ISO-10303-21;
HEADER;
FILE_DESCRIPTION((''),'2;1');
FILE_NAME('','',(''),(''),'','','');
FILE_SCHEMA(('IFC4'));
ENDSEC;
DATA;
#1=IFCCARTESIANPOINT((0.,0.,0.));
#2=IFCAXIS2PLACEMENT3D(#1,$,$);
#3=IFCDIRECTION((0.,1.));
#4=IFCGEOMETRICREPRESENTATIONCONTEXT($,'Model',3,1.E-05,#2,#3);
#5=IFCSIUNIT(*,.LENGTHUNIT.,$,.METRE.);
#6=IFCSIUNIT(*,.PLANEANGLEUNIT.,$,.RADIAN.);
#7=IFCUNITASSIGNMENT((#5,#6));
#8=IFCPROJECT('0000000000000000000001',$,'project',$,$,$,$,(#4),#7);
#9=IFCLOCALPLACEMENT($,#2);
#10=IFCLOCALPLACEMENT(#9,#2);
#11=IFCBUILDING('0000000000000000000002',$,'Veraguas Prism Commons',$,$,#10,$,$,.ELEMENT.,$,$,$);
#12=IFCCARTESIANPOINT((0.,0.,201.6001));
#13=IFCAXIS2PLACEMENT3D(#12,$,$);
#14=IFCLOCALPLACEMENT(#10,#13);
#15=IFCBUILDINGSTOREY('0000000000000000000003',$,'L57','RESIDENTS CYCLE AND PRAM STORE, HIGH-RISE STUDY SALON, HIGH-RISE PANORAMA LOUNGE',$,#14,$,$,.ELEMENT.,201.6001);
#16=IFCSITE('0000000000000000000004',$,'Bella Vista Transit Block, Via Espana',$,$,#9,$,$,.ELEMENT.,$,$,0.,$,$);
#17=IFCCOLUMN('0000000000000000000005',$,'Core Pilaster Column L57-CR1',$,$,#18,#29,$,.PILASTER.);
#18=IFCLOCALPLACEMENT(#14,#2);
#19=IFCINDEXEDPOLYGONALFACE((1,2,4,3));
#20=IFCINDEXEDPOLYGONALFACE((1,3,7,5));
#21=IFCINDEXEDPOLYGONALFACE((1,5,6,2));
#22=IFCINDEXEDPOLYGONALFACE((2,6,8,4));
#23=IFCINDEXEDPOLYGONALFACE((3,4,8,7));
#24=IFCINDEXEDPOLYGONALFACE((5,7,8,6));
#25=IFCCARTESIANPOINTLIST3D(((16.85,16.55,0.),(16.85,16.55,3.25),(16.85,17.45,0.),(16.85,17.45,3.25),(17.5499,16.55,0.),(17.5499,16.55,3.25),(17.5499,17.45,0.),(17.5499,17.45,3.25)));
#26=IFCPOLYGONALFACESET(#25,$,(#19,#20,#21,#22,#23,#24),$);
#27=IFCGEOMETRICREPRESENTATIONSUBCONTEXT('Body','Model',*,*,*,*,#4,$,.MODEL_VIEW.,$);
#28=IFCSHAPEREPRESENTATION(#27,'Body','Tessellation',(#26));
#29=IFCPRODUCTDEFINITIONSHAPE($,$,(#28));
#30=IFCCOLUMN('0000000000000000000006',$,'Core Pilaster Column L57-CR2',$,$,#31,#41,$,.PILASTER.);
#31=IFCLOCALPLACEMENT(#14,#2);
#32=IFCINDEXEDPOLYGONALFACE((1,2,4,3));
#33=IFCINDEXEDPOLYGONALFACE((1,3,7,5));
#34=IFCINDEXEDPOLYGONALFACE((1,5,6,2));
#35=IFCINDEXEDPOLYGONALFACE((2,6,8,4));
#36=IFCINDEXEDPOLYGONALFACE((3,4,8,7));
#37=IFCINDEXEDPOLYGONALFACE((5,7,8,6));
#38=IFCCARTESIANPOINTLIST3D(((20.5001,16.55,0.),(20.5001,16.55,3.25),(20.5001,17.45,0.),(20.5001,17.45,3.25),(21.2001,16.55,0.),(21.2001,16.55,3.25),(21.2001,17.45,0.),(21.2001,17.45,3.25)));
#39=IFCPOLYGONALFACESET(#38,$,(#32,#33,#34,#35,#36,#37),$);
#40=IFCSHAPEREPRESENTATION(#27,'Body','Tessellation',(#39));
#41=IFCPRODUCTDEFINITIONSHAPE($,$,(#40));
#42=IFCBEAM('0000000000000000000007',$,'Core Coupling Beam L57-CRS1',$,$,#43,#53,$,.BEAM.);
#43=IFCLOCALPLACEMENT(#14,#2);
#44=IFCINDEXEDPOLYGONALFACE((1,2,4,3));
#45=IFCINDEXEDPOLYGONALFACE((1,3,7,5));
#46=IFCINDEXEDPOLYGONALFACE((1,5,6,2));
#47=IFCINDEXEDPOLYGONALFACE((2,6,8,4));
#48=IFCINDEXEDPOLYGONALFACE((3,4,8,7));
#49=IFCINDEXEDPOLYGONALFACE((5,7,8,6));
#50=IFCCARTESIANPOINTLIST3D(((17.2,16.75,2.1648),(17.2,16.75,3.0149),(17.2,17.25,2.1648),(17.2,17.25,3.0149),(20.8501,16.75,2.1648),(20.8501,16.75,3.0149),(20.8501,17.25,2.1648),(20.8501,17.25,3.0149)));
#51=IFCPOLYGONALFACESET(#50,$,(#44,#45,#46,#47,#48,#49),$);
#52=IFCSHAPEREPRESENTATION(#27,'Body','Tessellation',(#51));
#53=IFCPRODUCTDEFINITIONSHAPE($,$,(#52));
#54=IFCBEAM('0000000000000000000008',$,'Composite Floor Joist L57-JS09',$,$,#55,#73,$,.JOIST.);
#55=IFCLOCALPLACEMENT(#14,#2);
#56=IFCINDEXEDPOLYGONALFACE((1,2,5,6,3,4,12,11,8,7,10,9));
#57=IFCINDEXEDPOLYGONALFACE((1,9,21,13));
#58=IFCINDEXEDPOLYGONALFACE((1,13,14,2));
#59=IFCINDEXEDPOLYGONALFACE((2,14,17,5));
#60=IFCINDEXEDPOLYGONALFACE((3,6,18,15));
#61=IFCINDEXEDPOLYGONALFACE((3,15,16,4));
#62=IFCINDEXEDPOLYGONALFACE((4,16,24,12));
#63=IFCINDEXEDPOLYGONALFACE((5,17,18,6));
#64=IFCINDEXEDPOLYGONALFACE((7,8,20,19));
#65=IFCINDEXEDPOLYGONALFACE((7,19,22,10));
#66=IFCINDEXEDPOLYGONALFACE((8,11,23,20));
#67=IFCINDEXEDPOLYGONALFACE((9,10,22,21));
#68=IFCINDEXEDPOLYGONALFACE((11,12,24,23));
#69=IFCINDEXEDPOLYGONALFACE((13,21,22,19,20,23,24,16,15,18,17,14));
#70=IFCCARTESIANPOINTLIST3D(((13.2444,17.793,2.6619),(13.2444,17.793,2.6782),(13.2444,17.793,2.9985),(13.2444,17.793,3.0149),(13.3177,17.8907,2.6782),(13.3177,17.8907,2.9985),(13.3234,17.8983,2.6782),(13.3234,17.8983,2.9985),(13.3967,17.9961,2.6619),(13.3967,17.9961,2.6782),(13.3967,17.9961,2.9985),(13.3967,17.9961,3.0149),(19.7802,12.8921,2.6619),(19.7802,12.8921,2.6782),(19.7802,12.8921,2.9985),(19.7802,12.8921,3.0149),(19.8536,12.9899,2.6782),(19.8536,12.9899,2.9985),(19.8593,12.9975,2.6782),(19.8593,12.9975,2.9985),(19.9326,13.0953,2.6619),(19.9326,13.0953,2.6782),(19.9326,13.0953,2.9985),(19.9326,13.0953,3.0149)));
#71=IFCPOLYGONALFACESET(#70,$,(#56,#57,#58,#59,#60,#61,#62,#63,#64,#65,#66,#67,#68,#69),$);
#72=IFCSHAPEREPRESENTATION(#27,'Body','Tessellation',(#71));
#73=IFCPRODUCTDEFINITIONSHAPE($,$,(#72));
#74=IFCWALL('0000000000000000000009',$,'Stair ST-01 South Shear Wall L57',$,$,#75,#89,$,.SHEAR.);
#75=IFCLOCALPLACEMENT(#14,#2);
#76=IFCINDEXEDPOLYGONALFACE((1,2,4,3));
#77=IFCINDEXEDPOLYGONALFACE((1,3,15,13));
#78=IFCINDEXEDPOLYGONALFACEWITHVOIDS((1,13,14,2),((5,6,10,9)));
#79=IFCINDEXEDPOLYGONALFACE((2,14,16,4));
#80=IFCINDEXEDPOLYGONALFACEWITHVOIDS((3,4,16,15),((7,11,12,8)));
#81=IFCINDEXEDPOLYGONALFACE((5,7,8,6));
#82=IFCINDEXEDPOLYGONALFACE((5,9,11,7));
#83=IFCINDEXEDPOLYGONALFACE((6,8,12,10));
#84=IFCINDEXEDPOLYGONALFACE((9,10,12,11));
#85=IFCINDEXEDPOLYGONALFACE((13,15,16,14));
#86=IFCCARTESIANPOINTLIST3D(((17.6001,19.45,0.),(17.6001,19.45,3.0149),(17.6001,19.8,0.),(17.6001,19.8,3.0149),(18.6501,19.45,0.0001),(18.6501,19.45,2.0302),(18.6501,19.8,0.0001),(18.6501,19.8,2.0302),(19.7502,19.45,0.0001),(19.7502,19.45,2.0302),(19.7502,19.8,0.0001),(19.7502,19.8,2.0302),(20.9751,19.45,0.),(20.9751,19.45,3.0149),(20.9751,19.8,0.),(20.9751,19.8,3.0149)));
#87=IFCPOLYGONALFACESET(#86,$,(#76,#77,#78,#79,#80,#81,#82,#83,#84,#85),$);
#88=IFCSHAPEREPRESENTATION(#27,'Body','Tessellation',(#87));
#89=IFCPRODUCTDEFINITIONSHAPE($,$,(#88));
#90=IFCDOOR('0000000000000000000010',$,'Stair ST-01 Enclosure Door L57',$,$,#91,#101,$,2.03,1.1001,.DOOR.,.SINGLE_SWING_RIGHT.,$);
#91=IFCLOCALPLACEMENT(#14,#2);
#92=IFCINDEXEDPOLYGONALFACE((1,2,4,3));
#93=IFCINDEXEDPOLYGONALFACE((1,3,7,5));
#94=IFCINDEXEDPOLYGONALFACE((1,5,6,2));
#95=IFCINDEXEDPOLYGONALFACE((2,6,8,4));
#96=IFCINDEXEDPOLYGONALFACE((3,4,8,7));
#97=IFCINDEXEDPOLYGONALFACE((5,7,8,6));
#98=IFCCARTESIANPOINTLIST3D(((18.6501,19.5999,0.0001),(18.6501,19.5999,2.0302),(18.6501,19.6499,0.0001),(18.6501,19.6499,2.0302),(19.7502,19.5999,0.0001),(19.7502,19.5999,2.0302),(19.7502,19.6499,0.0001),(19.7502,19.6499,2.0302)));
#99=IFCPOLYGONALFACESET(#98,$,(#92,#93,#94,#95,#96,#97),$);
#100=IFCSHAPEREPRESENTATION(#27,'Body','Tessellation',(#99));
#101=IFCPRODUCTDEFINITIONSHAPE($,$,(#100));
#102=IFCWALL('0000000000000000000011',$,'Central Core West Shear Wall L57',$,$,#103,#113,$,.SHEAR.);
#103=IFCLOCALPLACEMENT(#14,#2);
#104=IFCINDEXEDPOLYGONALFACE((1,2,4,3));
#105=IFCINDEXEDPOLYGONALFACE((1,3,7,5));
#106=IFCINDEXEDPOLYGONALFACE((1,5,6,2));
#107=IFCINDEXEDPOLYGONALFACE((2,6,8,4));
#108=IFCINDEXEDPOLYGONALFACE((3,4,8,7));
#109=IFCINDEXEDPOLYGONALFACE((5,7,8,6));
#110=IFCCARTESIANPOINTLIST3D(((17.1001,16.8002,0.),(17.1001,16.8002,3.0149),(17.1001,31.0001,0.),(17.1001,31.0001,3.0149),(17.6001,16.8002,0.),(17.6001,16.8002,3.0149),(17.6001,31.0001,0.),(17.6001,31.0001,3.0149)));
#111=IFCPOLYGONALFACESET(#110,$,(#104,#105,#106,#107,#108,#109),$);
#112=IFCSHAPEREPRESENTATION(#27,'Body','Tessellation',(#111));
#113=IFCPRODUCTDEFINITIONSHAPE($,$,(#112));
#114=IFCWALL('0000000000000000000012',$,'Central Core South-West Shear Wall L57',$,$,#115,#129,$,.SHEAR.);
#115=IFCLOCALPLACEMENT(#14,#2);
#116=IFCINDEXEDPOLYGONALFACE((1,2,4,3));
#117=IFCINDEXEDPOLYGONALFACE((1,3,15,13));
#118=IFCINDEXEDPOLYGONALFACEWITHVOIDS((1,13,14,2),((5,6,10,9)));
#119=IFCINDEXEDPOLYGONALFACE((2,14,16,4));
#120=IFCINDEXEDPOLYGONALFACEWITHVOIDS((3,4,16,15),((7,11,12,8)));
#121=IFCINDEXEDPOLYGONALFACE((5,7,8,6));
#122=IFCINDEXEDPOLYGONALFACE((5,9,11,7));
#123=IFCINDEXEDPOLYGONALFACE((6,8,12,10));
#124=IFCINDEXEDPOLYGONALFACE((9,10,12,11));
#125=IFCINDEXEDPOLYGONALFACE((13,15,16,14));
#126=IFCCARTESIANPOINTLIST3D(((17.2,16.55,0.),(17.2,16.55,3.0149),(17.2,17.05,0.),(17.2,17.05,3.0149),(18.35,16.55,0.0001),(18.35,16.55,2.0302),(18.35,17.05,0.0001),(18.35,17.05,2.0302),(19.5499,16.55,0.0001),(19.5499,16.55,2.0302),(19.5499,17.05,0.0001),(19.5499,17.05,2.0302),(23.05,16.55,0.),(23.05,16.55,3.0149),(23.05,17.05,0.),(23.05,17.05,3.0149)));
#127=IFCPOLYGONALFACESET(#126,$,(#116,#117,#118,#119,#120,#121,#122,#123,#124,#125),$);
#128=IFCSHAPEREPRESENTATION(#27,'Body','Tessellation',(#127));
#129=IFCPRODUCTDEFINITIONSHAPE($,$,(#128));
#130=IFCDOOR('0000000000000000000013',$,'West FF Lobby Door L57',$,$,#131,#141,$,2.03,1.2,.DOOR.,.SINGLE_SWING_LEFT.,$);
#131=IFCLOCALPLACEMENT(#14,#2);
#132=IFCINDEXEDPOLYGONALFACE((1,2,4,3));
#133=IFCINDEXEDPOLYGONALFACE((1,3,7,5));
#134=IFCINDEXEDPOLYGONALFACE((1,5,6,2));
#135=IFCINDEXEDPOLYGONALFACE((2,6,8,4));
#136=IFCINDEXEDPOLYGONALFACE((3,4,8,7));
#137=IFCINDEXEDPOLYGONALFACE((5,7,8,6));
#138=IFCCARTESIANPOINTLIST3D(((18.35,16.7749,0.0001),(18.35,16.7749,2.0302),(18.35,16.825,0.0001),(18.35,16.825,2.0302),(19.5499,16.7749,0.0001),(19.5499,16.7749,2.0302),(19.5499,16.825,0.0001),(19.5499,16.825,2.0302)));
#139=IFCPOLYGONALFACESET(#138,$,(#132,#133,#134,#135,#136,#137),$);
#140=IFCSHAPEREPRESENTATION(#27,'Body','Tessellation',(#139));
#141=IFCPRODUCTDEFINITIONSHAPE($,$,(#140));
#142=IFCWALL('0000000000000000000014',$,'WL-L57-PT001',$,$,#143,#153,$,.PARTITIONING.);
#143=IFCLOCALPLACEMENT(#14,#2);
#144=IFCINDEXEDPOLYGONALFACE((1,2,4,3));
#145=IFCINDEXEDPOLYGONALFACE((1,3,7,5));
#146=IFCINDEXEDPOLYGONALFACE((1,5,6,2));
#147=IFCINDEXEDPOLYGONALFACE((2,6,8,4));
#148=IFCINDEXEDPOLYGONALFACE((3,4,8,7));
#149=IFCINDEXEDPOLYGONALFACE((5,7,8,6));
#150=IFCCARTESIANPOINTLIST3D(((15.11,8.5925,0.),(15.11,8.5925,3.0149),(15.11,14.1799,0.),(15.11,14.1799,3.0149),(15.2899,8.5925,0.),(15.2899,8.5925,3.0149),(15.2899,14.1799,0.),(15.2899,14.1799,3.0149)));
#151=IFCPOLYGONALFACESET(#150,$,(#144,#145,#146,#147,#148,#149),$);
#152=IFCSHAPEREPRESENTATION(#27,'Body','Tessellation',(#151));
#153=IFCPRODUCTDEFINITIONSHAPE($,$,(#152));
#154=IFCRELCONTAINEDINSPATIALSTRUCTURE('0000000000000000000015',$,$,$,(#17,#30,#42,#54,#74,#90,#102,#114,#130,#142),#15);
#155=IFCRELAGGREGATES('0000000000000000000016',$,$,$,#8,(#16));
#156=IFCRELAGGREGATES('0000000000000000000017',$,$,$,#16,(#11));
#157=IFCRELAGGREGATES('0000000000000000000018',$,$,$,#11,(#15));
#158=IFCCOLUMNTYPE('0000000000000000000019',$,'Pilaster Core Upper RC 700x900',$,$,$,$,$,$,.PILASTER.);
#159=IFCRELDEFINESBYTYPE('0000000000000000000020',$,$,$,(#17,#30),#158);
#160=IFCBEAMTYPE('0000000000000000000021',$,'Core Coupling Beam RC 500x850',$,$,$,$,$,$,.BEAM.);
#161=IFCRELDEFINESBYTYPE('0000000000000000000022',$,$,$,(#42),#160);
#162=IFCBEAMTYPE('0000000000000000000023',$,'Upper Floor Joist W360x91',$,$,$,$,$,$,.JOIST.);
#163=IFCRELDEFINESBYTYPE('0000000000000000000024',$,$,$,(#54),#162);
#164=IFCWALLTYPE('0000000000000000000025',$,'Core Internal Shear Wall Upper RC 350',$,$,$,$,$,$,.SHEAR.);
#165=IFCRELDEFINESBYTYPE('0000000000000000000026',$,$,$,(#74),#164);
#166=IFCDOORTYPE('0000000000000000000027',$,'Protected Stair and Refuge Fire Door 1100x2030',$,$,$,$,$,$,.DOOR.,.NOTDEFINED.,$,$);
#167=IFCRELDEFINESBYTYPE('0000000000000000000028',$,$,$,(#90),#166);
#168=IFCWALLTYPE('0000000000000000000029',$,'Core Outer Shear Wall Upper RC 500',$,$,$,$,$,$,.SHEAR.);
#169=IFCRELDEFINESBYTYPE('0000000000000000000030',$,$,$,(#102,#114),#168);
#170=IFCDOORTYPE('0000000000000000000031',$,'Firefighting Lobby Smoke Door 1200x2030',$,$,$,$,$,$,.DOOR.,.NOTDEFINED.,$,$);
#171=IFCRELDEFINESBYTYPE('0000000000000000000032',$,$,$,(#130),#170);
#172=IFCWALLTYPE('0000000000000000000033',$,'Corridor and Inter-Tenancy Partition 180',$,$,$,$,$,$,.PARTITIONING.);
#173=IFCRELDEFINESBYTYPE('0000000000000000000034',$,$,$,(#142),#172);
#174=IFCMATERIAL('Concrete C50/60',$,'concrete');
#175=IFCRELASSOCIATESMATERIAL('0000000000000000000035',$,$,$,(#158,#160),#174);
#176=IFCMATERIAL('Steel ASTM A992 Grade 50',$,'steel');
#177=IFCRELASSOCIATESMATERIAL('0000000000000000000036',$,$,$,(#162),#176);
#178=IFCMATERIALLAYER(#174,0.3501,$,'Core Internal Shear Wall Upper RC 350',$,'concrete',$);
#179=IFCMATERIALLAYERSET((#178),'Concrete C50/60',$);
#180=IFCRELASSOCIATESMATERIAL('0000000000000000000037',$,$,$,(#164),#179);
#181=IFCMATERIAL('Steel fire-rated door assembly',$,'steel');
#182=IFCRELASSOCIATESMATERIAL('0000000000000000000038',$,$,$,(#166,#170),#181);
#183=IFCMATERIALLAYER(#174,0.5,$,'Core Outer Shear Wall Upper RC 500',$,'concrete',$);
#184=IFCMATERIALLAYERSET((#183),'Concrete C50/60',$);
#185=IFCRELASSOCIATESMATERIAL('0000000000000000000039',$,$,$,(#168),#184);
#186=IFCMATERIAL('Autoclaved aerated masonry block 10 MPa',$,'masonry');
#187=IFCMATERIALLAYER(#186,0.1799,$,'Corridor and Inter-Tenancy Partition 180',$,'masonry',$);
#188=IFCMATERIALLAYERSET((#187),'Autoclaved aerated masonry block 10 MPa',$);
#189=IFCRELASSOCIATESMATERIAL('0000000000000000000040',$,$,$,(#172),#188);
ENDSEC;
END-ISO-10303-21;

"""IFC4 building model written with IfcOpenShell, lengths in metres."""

from ifc_helpers import new_model, si_unit, direction, frame, frame_2d, origin, origin_2d, place, context, subcontext, project, spatial, rectangle, i_section, extrude, source, transform, mapped, material, layer, layer_set, material_profile, profile_set, type_object, element, fill, save


model = new_model("IFC4")

# Units and contexts
model_context = context("Model", 3, precision=1e-05, world=origin(), true_north=direction((0.0, 1.0)))
body_context = subcontext(model_context, "Body", "Model", "MODEL_VIEW")
ifc_project = project(units=[si_unit("LENGTHUNIT", "METRE"), si_unit("PLANEANGLEUNIT", "RADIAN")], contexts=[model_context])

# Site, building, storey
site_placement = place(None, origin())
site = spatial("IfcSite", under=ifc_project, at=site_placement, Name="Bella Vista Transit Block, Via Espana", CompositionType="ELEMENT", RefElevation=0.0)
building_placement = place(site_placement, origin())
building = spatial("IfcBuilding", under=site, at=building_placement, Name="Veraguas Prism Commons", CompositionType="ELEMENT")
storey_placement = place(building_placement, frame((0.0, 0.0, 201.6001)))
storey = spatial("IfcBuildingStorey", under=building, at=storey_placement, Name="L57", Description="RESIDENTS CYCLE AND PRAM STORE, HIGH-RISE STUDY SALON, HIGH-RISE PANORAMA LOUNGE", CompositionType="ELEMENT", Elevation=201.6001)

# Columns
ifc_material_1 = material(Name="Concrete C50/60", Category="concrete")
ifc_material_profile_1 = material_profile(ifc_material_1, rectangle(XDim=0.7, YDim=0.8999, at=origin_2d()), Name="RC700X900")
ifc_profile_set_1 = profile_set([ifc_material_profile_1], Name="Concrete C50/60")
column_type = type_object("IfcColumnType", Name="Pilaster Core Upper RC 700x900", PredefinedType="PILASTER", material=ifc_profile_set_1)
for number, where, z_axis, x_axis, name in (
    (1, (17.2, 17.0, 0.0), (0.0, 0.0, 1.0), (1.0, 0.0, 0.0), "Core Pilaster Column L57-CR1"),
    (2, (20.8501, 17.0, 0.0), (0.0, 0.0, 1.0), (1.0, 0.0, 0.0), "Core Pilaster Column L57-CR2"),
):
    element("IfcColumn", number, at=place(storey_placement, frame(where, z_axis=z_axis, x_axis=x_axis)), inside=storey, type_object=column_type, Name=name, PredefinedType="PILASTER", context=body_context, shape_type="SweptSolid", body=[
        extrude(rectangle(XDim=0.7, YDim=0.8999, at=origin_2d()), origin(), (0.0, 0.0, 1.0), 3.25),
    ])

# Beams
ifc_material_profile_2 = material_profile(ifc_material_1, rectangle(XDim=0.5, YDim=0.8501, at=origin_2d()), Name="RC500X850")
ifc_profile_set_2 = profile_set([ifc_material_profile_2], Name="Concrete C50/60")
beam_type_1 = type_object("IfcBeamType", Name="Core Coupling Beam RC 500x850", PredefinedType="BEAM", material=ifc_profile_set_2)
beam_1_placement = place(storey_placement, frame((17.2, 17.0, 2.5898), z_axis=(1.0, 0.0, 0.0), x_axis=(0.0, 1.0, 0.0)))
element("IfcBeam", 3, at=beam_1_placement, inside=storey, type_object=beam_type_1, Name="Core Coupling Beam L57-CRS1", PredefinedType="BEAM", context=body_context, shape_type="SweptSolid", body=[
    extrude(rectangle(XDim=0.5, YDim=0.8501, at=origin_2d()), origin(), (0.0, 0.0, 1.0), 3.6501),
])
ifc_material_2 = material(Name="Steel ASTM A992 Grade 50", Category="steel")
ifc_material_profile_3 = material_profile(ifc_material_2, i_section(OverallWidth=0.2539, OverallDepth=0.353, WebThickness=0.0095, FlangeThickness=0.0164, at=origin_2d()), Name="W360X91")
ifc_profile_set_3 = profile_set([ifc_material_profile_3], Name="Steel ASTM A992 Grade 50")
beam_type_2 = type_object("IfcBeamType", Name="Upper Floor Joist W360x91", PredefinedType="JOIST", material=ifc_profile_set_3)
beam_2_placement = place(storey_placement, frame((13.3206, 17.8945, 2.8384), z_axis=(0.800061, -0.599919, 0.0), x_axis=(0.599919, 0.800061, 0.0)))
element("IfcBeam", 4, at=beam_2_placement, inside=storey, type_object=beam_type_2, Name="Composite Floor Joist L57-JS09", PredefinedType="JOIST", context=body_context, shape_type="SweptSolid", body=[
    extrude(i_section(OverallWidth=0.2539, OverallDepth=0.353, WebThickness=0.0095, FlangeThickness=0.0164, at=origin_2d()), origin(), (0.0, 0.0, 1.0), 8.1692),
])

# Wall, opening, door
ifc_layer_1 = layer(ifc_material_1, 0.3501, Name="Core Internal Shear Wall Upper RC 350", Category="concrete")
ifc_layer_set_1 = layer_set([ifc_layer_1], Name="Concrete C50/60")
wall_type_1 = type_object("IfcWallType", Name="Core Internal Shear Wall Upper RC 350", PredefinedType="SHEAR", material=ifc_layer_set_1)
wall_1_placement = place(storey_placement, frame((17.6001, 19.625, 0.0), z_axis=(0.0, 0.0, 1.0), x_axis=(1.0, 0.0, 0.0)))
wall_1 = element("IfcWall", 5, at=wall_1_placement, inside=storey, type_object=wall_type_1, Name="Stair ST-01 South Shear Wall L57", PredefinedType="SHEAR", context=body_context, shape_type="SweptSolid", body=[
    extrude(rectangle(XDim=3.375, YDim=0.3501, at=frame_2d((1.6875, 0.0))), origin(), (0.0, 0.0, 1.0), 3.0149),
])
opening_1_placement = place(wall_1_placement, frame((1.05, 0.0, 0.0)))
opening_1 = element("IfcOpeningElement", 6, at=opening_1_placement, cuts=wall_1, PredefinedType="OPENING", context=body_context, shape_type="SweptSolid", body=[
    extrude(rectangle(XDim=1.1001, YDim=2.03, at=frame_2d((0.55, 1.0151))), frame((0.0, 0.1851, 0.0), z_axis=(0.0, -1.0, 0.0), x_axis=(1.0, 0.0, 0.0)), (0.0, 0.0, 1.0), 0.3701),
])
ifc_material_3 = material(Name="Steel fire-rated door assembly", Category="steel")
door_type_1 = type_object("IfcDoorType", Name="Protected Stair and Refuge Fire Door 1100x2030", OperationType="NOTDEFINED", PredefinedType="DOOR", material=ifc_material_3)
shared_shape_1 = source(origin(), body_context, "Body", "SweptSolid", [
    extrude(rectangle(XDim=1.1001, YDim=2.03, at=frame_2d((0.55, 1.0151))), frame((0.0, 0.0249, 0.0), z_axis=(0.0, -1.0, 0.0), x_axis=(1.0, 0.0, 0.0)), (0.0, 0.0, 1.0), 0.05),
])
door_1_placement = place(opening_1_placement, origin())
door_1 = element("IfcDoor", 7, at=door_1_placement, inside=storey, type_object=door_type_1, Name="Stair ST-01 Enclosure Door L57", OperationType="SINGLE_SWING_RIGHT", OverallHeight=2.03, OverallWidth=1.1001, PredefinedType="DOOR", context=body_context, shape_type="MappedRepresentation", body=[
    mapped(shared_shape_1, transform((0.0, 0.0, 0.0), scale=1.0)),
])
fill(opening_1, door_1)

# Wall
ifc_layer_2 = layer(ifc_material_1, 0.5, Name="Core Outer Shear Wall Upper RC 500", Category="concrete")
ifc_layer_set_2 = layer_set([ifc_layer_2], Name="Concrete C50/60")
wall_type_2 = type_object("IfcWallType", Name="Core Outer Shear Wall Upper RC 500", PredefinedType="SHEAR", material=ifc_layer_set_2)
wall_2_placement = place(storey_placement, frame((17.3501, 16.8, 0.0), z_axis=(0.0, 0.0, 1.0), x_axis=(0.0, 1.0, 0.0)))
element("IfcWall", 8, at=wall_2_placement, inside=storey, type_object=wall_type_2, Name="Central Core West Shear Wall L57", PredefinedType="SHEAR", context=body_context, shape_type="SweptSolid", body=[
    extrude(rectangle(XDim=14.2, YDim=0.5, at=frame_2d((7.1001, 0.0))), origin(), (0.0, 0.0, 1.0), 3.0149),
])

# Wall, opening, door
wall_3_placement = place(storey_placement, frame((17.2, 16.8, 0.0), z_axis=(0.0, 0.0, 1.0), x_axis=(1.0, 0.0, 0.0)))
wall_3 = element("IfcWall", 9, at=wall_3_placement, inside=storey, type_object=wall_type_2, Name="Central Core South-West Shear Wall L57", PredefinedType="SHEAR", context=body_context, shape_type="SweptSolid", body=[
    extrude(rectangle(XDim=5.8501, YDim=0.5, at=frame_2d((2.925, 0.0))), origin(), (0.0, 0.0, 1.0), 3.0149),
])
opening_2_placement = place(wall_3_placement, frame((1.1499, 0.0, 0.0)))
opening_2 = element("IfcOpeningElement", 10, at=opening_2_placement, cuts=wall_3, PredefinedType="OPENING", context=body_context, shape_type="SweptSolid", body=[
    extrude(rectangle(XDim=1.2, YDim=2.03, at=frame_2d((0.6001, 1.0151))), frame((0.0, 0.26, 0.0), z_axis=(0.0, -1.0, 0.0), x_axis=(1.0, 0.0, 0.0)), (0.0, 0.0, 1.0), 0.52),
])
door_type_2 = type_object("IfcDoorType", Name="Firefighting Lobby Smoke Door 1200x2030", OperationType="NOTDEFINED", PredefinedType="DOOR", material=ifc_material_3)
shared_shape_2 = source(origin(), body_context, "Body", "SweptSolid", [
    extrude(rectangle(XDim=1.2, YDim=2.03, at=frame_2d((0.6001, 1.0151))), frame((0.0, 0.0249, 0.0), z_axis=(0.0, -1.0, 0.0), x_axis=(1.0, 0.0, 0.0)), (0.0, 0.0, 1.0), 0.05),
])
door_2_placement = place(opening_2_placement, origin())
door_2 = element("IfcDoor", 11, at=door_2_placement, inside=storey, type_object=door_type_2, Name="West FF Lobby Door L57", OperationType="SINGLE_SWING_LEFT", OverallHeight=2.03, OverallWidth=1.2, PredefinedType="DOOR", context=body_context, shape_type="MappedRepresentation", body=[
    mapped(shared_shape_2, transform((0.0, 0.0, 0.0), scale=1.0)),
])
fill(opening_2, door_2)

# Wall
ifc_material_4 = material(Name="Autoclaved aerated masonry block 10 MPa", Category="masonry")
ifc_layer_3 = layer(ifc_material_4, 0.1799, Name="Corridor and Inter-Tenancy Partition 180", Category="masonry")
ifc_layer_set_3 = layer_set([ifc_layer_3], Name="Autoclaved aerated masonry block 10 MPa")
wall_type_3 = type_object("IfcWallType", Name="Corridor and Inter-Tenancy Partition 180", PredefinedType="PARTITIONING", material=ifc_layer_set_3)
wall_4_placement = place(storey_placement, frame((15.2, 14.1799, 0.0), z_axis=(0.0, 0.0, 1.0), x_axis=(0.0, -1.0, 0.0)))
element("IfcWall", 12, at=wall_4_placement, inside=storey, type_object=wall_type_3, Name="WL-L57-PT001", PredefinedType="PARTITIONING", context=body_context, shape_type="SweptSolid", body=[
    extrude(rectangle(XDim=5.5874, YDim=0.1799, at=frame_2d((2.7937, 0.0))), origin(), (0.0, 0.0, 1.0), 3.0149),
])

save(model, "model.ifc")
